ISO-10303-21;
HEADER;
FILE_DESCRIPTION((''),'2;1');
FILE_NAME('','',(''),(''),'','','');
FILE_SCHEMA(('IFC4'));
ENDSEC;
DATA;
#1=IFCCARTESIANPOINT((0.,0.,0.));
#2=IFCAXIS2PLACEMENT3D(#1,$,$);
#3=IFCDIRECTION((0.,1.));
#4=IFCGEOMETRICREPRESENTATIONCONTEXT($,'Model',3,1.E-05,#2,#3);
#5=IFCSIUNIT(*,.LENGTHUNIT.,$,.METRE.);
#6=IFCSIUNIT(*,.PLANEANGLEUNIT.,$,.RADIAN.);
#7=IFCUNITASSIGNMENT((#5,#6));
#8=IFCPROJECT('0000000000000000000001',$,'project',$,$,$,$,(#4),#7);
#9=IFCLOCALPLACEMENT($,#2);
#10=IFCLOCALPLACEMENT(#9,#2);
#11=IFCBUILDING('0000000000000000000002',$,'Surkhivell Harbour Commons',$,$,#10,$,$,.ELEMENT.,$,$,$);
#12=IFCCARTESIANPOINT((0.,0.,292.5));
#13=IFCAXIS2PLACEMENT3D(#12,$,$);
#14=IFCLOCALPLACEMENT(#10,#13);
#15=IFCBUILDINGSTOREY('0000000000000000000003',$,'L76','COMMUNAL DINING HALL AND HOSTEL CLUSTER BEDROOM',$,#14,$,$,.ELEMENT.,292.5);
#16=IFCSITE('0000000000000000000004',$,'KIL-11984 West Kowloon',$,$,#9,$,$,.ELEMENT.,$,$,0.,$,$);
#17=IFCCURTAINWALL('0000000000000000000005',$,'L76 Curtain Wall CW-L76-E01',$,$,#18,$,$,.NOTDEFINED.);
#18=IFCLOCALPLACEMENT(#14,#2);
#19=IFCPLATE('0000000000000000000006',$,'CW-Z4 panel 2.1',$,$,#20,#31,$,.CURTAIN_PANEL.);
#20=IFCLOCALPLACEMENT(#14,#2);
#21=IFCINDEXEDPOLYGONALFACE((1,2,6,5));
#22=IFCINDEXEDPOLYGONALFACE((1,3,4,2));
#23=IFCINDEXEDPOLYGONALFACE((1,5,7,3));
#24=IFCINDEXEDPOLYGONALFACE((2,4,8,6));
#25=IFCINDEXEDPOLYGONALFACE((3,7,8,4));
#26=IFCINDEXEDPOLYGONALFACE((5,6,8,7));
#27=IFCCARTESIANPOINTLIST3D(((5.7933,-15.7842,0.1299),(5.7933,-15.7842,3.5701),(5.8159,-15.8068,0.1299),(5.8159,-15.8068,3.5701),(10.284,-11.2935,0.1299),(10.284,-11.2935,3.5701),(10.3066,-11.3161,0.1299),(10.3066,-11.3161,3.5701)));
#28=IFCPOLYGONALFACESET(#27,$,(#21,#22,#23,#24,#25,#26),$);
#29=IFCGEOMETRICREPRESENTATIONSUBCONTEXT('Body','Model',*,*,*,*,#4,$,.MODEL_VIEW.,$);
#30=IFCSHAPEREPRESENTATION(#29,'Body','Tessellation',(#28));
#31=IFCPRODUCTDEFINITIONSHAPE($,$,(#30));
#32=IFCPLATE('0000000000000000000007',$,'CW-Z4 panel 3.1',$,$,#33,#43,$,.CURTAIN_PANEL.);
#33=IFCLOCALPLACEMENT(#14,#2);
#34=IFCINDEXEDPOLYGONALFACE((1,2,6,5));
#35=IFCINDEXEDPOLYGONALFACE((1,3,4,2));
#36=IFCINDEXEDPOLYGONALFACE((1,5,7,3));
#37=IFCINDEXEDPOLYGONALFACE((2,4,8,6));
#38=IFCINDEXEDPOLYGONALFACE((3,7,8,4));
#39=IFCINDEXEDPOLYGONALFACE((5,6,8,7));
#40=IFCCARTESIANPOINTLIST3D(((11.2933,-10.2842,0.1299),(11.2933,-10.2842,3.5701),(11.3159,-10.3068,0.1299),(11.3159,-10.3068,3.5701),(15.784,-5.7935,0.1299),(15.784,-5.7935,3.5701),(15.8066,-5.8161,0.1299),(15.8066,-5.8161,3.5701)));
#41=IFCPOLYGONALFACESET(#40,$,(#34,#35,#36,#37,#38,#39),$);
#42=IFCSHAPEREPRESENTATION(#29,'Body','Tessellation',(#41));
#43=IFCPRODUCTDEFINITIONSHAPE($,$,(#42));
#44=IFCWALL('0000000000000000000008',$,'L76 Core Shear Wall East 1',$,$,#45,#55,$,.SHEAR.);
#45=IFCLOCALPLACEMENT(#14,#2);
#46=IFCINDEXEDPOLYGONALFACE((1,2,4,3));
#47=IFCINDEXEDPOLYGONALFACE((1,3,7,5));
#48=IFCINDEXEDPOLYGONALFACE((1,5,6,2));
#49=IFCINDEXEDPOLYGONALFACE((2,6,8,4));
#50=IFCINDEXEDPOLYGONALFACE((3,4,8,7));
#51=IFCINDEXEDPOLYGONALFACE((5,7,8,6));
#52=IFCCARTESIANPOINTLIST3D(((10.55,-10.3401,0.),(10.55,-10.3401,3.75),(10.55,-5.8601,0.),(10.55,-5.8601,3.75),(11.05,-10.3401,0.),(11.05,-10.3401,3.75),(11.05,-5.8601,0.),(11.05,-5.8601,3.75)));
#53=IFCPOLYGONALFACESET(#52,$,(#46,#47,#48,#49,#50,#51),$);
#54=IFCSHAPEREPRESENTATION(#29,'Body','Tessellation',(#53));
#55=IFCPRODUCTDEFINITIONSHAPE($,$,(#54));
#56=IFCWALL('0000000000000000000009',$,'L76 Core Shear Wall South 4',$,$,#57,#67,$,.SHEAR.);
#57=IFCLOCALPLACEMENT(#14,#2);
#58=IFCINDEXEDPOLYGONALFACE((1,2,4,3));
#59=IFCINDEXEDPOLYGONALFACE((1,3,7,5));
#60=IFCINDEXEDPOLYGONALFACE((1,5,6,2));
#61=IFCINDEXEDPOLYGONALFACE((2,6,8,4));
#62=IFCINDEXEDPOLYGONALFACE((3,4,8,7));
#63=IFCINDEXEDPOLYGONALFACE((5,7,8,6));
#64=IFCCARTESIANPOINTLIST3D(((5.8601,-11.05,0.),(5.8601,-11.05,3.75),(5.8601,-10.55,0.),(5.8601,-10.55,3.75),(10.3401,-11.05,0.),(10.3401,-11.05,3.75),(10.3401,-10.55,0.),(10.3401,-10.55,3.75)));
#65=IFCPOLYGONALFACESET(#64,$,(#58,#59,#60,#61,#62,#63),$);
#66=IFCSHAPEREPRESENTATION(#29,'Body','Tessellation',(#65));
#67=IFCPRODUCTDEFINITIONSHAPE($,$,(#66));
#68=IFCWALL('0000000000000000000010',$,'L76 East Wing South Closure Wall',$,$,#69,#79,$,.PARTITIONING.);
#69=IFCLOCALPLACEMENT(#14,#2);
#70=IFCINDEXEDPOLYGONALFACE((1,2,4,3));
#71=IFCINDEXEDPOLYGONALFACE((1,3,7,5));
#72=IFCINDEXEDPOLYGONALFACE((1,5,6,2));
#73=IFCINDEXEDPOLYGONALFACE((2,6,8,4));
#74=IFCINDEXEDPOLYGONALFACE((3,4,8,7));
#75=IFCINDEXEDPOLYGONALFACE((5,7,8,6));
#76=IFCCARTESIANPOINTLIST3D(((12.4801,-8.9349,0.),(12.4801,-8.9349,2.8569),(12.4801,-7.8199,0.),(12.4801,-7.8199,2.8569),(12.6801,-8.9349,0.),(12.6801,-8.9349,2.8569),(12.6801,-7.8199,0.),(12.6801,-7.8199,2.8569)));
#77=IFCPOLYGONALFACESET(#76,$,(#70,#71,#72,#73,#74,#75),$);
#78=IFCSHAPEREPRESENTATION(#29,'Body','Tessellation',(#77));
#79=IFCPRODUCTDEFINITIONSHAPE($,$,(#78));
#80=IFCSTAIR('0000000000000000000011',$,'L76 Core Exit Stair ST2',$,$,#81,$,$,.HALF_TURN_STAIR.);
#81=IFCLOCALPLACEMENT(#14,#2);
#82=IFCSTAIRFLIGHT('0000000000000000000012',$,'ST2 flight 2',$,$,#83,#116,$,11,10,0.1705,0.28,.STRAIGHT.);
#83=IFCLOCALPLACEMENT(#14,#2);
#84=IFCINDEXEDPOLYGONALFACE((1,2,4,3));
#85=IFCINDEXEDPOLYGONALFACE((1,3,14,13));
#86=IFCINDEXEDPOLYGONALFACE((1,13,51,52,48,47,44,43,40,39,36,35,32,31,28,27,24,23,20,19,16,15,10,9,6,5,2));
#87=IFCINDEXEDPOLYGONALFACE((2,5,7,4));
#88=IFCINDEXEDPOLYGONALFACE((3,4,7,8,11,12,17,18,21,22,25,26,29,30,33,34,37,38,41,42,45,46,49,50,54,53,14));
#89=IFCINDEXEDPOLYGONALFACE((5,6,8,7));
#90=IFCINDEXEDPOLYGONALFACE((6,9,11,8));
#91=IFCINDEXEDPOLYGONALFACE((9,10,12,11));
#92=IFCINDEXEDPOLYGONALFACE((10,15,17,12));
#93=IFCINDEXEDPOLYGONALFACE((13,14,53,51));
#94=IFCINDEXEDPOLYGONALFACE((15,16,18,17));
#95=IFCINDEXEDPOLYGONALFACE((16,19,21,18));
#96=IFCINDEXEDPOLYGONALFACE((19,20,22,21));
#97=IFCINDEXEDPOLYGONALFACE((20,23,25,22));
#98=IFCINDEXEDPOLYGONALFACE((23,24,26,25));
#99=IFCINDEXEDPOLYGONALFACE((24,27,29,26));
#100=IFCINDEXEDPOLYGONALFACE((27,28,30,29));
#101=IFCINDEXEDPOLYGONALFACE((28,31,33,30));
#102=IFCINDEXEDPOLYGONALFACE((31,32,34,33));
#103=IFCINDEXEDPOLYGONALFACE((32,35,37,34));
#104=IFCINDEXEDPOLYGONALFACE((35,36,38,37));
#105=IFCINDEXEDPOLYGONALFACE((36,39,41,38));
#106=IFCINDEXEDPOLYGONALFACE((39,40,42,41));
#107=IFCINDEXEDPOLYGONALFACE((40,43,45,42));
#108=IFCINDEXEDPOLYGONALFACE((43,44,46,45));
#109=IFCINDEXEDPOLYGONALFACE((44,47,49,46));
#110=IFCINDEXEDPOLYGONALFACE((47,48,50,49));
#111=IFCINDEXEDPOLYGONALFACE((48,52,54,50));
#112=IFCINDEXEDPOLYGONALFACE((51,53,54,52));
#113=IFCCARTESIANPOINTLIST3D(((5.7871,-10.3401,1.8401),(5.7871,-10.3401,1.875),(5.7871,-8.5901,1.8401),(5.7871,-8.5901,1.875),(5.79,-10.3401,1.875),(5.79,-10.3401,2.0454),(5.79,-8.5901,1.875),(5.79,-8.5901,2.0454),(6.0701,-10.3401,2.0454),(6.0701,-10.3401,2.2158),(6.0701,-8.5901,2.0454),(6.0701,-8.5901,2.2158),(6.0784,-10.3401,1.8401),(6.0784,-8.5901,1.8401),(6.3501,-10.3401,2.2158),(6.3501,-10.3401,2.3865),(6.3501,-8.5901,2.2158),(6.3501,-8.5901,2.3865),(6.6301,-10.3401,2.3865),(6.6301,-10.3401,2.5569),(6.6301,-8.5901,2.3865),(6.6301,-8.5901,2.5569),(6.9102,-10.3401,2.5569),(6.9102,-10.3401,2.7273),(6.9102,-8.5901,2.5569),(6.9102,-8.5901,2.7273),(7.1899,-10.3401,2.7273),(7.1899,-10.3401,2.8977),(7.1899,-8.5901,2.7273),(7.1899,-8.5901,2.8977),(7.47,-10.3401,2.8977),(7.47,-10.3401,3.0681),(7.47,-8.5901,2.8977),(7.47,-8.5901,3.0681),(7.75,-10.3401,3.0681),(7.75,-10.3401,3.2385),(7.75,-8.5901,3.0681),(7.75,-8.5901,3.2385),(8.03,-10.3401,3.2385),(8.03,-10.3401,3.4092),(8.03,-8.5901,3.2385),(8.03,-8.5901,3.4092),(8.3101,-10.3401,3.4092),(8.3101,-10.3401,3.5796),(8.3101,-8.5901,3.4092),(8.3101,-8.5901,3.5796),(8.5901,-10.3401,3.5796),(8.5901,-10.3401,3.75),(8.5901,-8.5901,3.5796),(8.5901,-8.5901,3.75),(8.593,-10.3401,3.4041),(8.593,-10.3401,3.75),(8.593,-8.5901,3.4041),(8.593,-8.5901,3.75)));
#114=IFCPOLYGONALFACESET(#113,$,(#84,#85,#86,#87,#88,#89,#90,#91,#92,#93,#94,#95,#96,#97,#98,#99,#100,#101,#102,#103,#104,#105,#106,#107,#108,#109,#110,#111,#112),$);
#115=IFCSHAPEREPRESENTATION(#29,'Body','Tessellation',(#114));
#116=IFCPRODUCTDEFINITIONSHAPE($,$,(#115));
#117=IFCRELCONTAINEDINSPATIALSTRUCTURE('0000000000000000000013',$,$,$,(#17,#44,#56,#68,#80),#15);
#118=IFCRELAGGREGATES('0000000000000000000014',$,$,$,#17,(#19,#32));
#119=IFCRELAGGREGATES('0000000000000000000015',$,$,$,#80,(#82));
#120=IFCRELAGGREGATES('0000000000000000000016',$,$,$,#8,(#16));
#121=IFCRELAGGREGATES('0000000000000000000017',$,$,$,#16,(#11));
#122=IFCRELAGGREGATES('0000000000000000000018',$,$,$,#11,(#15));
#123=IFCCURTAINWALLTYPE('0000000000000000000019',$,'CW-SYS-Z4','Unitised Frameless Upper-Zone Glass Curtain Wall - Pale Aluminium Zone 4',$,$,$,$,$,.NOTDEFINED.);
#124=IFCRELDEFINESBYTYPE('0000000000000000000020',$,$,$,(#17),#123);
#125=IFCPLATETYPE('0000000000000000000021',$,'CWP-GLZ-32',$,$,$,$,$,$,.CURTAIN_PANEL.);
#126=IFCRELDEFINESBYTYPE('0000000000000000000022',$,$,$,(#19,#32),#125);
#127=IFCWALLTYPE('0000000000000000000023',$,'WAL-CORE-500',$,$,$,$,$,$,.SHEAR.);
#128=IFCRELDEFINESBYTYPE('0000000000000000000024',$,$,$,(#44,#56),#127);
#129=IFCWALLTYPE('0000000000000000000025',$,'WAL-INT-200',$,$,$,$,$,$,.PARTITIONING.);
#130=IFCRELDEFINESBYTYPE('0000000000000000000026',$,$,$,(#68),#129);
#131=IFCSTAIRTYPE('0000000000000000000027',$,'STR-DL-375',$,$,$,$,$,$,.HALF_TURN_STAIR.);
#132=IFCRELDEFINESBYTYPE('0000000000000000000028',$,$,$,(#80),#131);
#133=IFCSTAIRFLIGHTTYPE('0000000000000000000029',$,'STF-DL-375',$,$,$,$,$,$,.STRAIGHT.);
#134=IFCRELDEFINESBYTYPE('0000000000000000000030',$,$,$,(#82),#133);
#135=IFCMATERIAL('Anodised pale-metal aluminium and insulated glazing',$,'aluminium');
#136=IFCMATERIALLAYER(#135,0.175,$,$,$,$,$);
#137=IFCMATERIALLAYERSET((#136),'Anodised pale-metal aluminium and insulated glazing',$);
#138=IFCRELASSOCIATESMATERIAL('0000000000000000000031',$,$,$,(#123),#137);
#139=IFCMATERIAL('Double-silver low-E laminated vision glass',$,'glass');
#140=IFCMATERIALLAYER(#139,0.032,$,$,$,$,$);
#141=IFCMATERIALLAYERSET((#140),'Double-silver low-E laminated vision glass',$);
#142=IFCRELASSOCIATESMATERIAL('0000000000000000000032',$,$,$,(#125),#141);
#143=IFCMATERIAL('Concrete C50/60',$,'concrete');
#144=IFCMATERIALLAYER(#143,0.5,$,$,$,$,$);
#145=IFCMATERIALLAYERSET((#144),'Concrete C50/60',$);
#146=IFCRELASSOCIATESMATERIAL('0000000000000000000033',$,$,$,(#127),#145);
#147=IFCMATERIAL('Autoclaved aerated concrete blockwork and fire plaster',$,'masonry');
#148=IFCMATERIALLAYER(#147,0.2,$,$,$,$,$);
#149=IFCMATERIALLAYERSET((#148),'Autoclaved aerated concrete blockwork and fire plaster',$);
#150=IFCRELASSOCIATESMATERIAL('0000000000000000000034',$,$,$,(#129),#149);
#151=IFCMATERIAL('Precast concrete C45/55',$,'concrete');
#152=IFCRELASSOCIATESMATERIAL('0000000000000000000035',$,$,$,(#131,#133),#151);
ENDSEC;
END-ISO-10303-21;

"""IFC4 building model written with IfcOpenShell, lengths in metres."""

from ifc_helpers import new_model, si_unit, direction, frame, frame_2d, origin, place, context, subcontext, project, spatial, polyline, rectangle, outline, extrude, material, layer, layer_set, type_object, element, aggregate, save


model = new_model("IFC4")

# Units and contexts
model_context = context("Model", 3, precision=1e-05, world=origin(), true_north=direction((0.0, 1.0)))
body_context = subcontext(model_context, "Body", "Model", "MODEL_VIEW")
ifc_project = project(units=[si_unit("LENGTHUNIT", "METRE"), si_unit("PLANEANGLEUNIT", "RADIAN")], contexts=[model_context])

# Site, building, storey
site_placement = place(None, origin())
site = spatial("IfcSite", under=ifc_project, at=site_placement, Name="KIL-11984 West Kowloon", CompositionType="ELEMENT", RefElevation=0.0)
building_placement = place(site_placement, origin())
building = spatial("IfcBuilding", under=site, at=building_placement, Name="Surkhivell Harbour Commons", CompositionType="ELEMENT")
storey_placement = place(building_placement, frame((0.0, 0.0, 292.5)))
storey = spatial("IfcBuildingStorey", under=building, at=storey_placement, Name="L76", Description="COMMUNAL DINING HALL AND HOSTEL CLUSTER BEDROOM", CompositionType="ELEMENT", Elevation=292.5)

# Shared definitions
ifc_material_1 = material(Name="Concrete C50/60", Category="concrete")

# Curtain wall, plates
ifc_material_2 = material(Name="Anodised pale-metal aluminium and insulated glazing", Category="aluminium")
ifc_layer_1 = layer(ifc_material_2, 0.175)
ifc_layer_set_1 = layer_set([ifc_layer_1], Name="Anodised pale-metal aluminium and insulated glazing")
curtain_wall_type = type_object("IfcCurtainWallType", Name="CW-SYS-Z4", Description="Unitised Frameless Upper-Zone Glass Curtain Wall - Pale Aluminium Zone 4", PredefinedType="NOTDEFINED", material=ifc_layer_set_1)
curtain_wall_placement = place(storey_placement, origin())
curtain_wall = element("IfcCurtainWall", 1, at=curtain_wall_placement, inside=storey, type_object=curtain_wall_type, Name="L76 Curtain Wall CW-L76-E01", PredefinedType="NOTDEFINED")
ifc_material_3 = material(Name="Double-silver low-E laminated vision glass", Category="glass")
ifc_layer_2 = layer(ifc_material_3, 0.032)
ifc_layer_set_2 = layer_set([ifc_layer_2], Name="Double-silver low-E laminated vision glass")
plate_type = type_object("IfcPlateType", Name="CWP-GLZ-32", PredefinedType="CURTAIN_PANEL", material=ifc_layer_set_2)
plate_1_placement = place(storey_placement, frame((5.8047, -15.7954, 0.1299), z_axis=(0.0, 0.0, 1.0), x_axis=(0.707107, 0.707107, 0.0)))
plate_1 = element("IfcPlate", 2, at=plate_1_placement, type_object=plate_type, Name="CW-Z4 panel 2.1", PredefinedType="CURTAIN_PANEL", context=body_context, shape_type="SweptSolid", body=[
    extrude(rectangle(XDim=6.3508, YDim=0.032, at=frame_2d((3.1753, 0.0))), origin(), (0.0, 0.0, 1.0), 3.4402),
])
plate_2_placement = place(storey_placement, frame((11.3047, -10.2954, 0.1299), z_axis=(0.0, 0.0, 1.0), x_axis=(0.707107, 0.707107, 0.0)))
plate_2 = element("IfcPlate", 3, at=plate_2_placement, type_object=plate_type, Name="CW-Z4 panel 3.1", PredefinedType="CURTAIN_PANEL", context=body_context, shape_type="SweptSolid", body=[
    extrude(rectangle(XDim=6.3508, YDim=0.032, at=frame_2d((3.1753, 0.0))), origin(), (0.0, 0.0, 1.0), 3.4402),
])
aggregate(curtain_wall, [plate_1, plate_2])

# Walls
ifc_layer_3 = layer(ifc_material_1, 0.5)
ifc_layer_set_3 = layer_set([ifc_layer_3], Name="Concrete C50/60")
wall_type_1 = type_object("IfcWallType", Name="WAL-CORE-500", PredefinedType="SHEAR", material=ifc_layer_set_3)
for number, where, z_axis, x_axis, name in (
    (4, (10.8, -10.3401, 0.0), (0.0, 0.0, 1.0), (0.0, 1.0, 0.0), "L76 Core Shear Wall East 1"),
    (5, (5.8601, -10.8, 0.0), (0.0, 0.0, 1.0), (1.0, 0.0, 0.0), "L76 Core Shear Wall South 4"),
):
    element("IfcWall", number, at=place(storey_placement, frame(where, z_axis=z_axis, x_axis=x_axis)), inside=storey, type_object=wall_type_1, Name=name, PredefinedType="SHEAR", context=body_context, shape_type="SweptSolid", body=[
        extrude(rectangle(XDim=4.48, YDim=0.5, at=frame_2d((2.24, 0.0))), origin(), (0.0, 0.0, 1.0), 3.75),
    ])
ifc_material_4 = material(Name="Autoclaved aerated concrete blockwork and fire plaster", Category="masonry")
ifc_layer_4 = layer(ifc_material_4, 0.2)
ifc_layer_set_4 = layer_set([ifc_layer_4], Name="Autoclaved aerated concrete blockwork and fire plaster")
wall_type_2 = type_object("IfcWallType", Name="WAL-INT-200", PredefinedType="PARTITIONING", material=ifc_layer_set_4)
wall_placement = place(storey_placement, frame((12.5801, -8.9351, 0.0), z_axis=(0.0, 0.0, 1.0), x_axis=(0.0, 1.0, 0.0)))
element("IfcWall", 6, at=wall_placement, inside=storey, type_object=wall_type_2, Name="L76 East Wing South Closure Wall", PredefinedType="PARTITIONING", context=body_context, shape_type="SweptSolid", body=[
    extrude(rectangle(XDim=1.115, YDim=0.2, at=frame_2d((0.5576, 0.0))), origin(), (0.0, 0.0, 1.0), 2.8569),
])

# Stair, stair flight
ifc_material_5 = material(Name="Precast concrete C45/55", Category="concrete")
stair_type = type_object("IfcStairType", Name="STR-DL-375", PredefinedType="HALF_TURN_STAIR", material=ifc_material_5)
stair_placement = place(storey_placement, origin())
stair = element("IfcStair", 7, at=stair_placement, inside=storey, type_object=stair_type, Name="L76 Core Exit Stair ST2", PredefinedType="HALF_TURN_STAIR")
stair_flight_type = type_object("IfcStairFlightType", Name="STF-DL-375", PredefinedType="STRAIGHT", material=ifc_material_5)
stair_flight_placement = place(storey_placement, frame((5.79, -9.4651, 1.875), z_axis=(0.0, 0.0, 1.0), x_axis=(1.0, 0.0, 0.0)))
stair_flight = element("IfcStairFlight", 8, at=stair_flight_placement, type_object=stair_flight_type, Name="ST2 flight 2", NumberOfRisers=11, NumberOfTreads=10, PredefinedType="STRAIGHT", RiserHeight=0.1705, TreadLength=0.28, context=body_context, shape_type="SweptSolid", body=[
    extrude(outline(polyline([(-0.0029, -0.0349), (-0.0029, 0.0), (0.0, 0.0), (0.0, 0.1704), (0.28, 0.1704), (0.28, 0.3408), (0.5601, 0.3408), (0.5601, 0.5115), (0.8401, 0.5115), (0.8401, 0.6819), (1.1201, 0.6819), (1.1201, 0.8523), (1.3999, 0.8523), (1.3999, 1.0227), (1.6799, 1.0227), (1.6799, 1.1931), (1.96, 1.1931), (1.96, 1.3635), (2.24, 1.3635), (2.24, 1.5342), (2.52, 1.5342), (2.52, 1.7046), (2.8, 1.7046), (2.8, 1.875), (2.803, 1.875), (2.803, 1.5291), (0.2883, -0.0349), (-0.0029, -0.0349)])), frame((0.0, 0.875, 0.0), z_axis=(0.0, -1.0, 0.0), x_axis=(1.0, 0.0, 0.0)), (0.0, 0.0, 1.0), 1.75),
])
aggregate(stair, [stair_flight])

save(model, "model.ifc")
